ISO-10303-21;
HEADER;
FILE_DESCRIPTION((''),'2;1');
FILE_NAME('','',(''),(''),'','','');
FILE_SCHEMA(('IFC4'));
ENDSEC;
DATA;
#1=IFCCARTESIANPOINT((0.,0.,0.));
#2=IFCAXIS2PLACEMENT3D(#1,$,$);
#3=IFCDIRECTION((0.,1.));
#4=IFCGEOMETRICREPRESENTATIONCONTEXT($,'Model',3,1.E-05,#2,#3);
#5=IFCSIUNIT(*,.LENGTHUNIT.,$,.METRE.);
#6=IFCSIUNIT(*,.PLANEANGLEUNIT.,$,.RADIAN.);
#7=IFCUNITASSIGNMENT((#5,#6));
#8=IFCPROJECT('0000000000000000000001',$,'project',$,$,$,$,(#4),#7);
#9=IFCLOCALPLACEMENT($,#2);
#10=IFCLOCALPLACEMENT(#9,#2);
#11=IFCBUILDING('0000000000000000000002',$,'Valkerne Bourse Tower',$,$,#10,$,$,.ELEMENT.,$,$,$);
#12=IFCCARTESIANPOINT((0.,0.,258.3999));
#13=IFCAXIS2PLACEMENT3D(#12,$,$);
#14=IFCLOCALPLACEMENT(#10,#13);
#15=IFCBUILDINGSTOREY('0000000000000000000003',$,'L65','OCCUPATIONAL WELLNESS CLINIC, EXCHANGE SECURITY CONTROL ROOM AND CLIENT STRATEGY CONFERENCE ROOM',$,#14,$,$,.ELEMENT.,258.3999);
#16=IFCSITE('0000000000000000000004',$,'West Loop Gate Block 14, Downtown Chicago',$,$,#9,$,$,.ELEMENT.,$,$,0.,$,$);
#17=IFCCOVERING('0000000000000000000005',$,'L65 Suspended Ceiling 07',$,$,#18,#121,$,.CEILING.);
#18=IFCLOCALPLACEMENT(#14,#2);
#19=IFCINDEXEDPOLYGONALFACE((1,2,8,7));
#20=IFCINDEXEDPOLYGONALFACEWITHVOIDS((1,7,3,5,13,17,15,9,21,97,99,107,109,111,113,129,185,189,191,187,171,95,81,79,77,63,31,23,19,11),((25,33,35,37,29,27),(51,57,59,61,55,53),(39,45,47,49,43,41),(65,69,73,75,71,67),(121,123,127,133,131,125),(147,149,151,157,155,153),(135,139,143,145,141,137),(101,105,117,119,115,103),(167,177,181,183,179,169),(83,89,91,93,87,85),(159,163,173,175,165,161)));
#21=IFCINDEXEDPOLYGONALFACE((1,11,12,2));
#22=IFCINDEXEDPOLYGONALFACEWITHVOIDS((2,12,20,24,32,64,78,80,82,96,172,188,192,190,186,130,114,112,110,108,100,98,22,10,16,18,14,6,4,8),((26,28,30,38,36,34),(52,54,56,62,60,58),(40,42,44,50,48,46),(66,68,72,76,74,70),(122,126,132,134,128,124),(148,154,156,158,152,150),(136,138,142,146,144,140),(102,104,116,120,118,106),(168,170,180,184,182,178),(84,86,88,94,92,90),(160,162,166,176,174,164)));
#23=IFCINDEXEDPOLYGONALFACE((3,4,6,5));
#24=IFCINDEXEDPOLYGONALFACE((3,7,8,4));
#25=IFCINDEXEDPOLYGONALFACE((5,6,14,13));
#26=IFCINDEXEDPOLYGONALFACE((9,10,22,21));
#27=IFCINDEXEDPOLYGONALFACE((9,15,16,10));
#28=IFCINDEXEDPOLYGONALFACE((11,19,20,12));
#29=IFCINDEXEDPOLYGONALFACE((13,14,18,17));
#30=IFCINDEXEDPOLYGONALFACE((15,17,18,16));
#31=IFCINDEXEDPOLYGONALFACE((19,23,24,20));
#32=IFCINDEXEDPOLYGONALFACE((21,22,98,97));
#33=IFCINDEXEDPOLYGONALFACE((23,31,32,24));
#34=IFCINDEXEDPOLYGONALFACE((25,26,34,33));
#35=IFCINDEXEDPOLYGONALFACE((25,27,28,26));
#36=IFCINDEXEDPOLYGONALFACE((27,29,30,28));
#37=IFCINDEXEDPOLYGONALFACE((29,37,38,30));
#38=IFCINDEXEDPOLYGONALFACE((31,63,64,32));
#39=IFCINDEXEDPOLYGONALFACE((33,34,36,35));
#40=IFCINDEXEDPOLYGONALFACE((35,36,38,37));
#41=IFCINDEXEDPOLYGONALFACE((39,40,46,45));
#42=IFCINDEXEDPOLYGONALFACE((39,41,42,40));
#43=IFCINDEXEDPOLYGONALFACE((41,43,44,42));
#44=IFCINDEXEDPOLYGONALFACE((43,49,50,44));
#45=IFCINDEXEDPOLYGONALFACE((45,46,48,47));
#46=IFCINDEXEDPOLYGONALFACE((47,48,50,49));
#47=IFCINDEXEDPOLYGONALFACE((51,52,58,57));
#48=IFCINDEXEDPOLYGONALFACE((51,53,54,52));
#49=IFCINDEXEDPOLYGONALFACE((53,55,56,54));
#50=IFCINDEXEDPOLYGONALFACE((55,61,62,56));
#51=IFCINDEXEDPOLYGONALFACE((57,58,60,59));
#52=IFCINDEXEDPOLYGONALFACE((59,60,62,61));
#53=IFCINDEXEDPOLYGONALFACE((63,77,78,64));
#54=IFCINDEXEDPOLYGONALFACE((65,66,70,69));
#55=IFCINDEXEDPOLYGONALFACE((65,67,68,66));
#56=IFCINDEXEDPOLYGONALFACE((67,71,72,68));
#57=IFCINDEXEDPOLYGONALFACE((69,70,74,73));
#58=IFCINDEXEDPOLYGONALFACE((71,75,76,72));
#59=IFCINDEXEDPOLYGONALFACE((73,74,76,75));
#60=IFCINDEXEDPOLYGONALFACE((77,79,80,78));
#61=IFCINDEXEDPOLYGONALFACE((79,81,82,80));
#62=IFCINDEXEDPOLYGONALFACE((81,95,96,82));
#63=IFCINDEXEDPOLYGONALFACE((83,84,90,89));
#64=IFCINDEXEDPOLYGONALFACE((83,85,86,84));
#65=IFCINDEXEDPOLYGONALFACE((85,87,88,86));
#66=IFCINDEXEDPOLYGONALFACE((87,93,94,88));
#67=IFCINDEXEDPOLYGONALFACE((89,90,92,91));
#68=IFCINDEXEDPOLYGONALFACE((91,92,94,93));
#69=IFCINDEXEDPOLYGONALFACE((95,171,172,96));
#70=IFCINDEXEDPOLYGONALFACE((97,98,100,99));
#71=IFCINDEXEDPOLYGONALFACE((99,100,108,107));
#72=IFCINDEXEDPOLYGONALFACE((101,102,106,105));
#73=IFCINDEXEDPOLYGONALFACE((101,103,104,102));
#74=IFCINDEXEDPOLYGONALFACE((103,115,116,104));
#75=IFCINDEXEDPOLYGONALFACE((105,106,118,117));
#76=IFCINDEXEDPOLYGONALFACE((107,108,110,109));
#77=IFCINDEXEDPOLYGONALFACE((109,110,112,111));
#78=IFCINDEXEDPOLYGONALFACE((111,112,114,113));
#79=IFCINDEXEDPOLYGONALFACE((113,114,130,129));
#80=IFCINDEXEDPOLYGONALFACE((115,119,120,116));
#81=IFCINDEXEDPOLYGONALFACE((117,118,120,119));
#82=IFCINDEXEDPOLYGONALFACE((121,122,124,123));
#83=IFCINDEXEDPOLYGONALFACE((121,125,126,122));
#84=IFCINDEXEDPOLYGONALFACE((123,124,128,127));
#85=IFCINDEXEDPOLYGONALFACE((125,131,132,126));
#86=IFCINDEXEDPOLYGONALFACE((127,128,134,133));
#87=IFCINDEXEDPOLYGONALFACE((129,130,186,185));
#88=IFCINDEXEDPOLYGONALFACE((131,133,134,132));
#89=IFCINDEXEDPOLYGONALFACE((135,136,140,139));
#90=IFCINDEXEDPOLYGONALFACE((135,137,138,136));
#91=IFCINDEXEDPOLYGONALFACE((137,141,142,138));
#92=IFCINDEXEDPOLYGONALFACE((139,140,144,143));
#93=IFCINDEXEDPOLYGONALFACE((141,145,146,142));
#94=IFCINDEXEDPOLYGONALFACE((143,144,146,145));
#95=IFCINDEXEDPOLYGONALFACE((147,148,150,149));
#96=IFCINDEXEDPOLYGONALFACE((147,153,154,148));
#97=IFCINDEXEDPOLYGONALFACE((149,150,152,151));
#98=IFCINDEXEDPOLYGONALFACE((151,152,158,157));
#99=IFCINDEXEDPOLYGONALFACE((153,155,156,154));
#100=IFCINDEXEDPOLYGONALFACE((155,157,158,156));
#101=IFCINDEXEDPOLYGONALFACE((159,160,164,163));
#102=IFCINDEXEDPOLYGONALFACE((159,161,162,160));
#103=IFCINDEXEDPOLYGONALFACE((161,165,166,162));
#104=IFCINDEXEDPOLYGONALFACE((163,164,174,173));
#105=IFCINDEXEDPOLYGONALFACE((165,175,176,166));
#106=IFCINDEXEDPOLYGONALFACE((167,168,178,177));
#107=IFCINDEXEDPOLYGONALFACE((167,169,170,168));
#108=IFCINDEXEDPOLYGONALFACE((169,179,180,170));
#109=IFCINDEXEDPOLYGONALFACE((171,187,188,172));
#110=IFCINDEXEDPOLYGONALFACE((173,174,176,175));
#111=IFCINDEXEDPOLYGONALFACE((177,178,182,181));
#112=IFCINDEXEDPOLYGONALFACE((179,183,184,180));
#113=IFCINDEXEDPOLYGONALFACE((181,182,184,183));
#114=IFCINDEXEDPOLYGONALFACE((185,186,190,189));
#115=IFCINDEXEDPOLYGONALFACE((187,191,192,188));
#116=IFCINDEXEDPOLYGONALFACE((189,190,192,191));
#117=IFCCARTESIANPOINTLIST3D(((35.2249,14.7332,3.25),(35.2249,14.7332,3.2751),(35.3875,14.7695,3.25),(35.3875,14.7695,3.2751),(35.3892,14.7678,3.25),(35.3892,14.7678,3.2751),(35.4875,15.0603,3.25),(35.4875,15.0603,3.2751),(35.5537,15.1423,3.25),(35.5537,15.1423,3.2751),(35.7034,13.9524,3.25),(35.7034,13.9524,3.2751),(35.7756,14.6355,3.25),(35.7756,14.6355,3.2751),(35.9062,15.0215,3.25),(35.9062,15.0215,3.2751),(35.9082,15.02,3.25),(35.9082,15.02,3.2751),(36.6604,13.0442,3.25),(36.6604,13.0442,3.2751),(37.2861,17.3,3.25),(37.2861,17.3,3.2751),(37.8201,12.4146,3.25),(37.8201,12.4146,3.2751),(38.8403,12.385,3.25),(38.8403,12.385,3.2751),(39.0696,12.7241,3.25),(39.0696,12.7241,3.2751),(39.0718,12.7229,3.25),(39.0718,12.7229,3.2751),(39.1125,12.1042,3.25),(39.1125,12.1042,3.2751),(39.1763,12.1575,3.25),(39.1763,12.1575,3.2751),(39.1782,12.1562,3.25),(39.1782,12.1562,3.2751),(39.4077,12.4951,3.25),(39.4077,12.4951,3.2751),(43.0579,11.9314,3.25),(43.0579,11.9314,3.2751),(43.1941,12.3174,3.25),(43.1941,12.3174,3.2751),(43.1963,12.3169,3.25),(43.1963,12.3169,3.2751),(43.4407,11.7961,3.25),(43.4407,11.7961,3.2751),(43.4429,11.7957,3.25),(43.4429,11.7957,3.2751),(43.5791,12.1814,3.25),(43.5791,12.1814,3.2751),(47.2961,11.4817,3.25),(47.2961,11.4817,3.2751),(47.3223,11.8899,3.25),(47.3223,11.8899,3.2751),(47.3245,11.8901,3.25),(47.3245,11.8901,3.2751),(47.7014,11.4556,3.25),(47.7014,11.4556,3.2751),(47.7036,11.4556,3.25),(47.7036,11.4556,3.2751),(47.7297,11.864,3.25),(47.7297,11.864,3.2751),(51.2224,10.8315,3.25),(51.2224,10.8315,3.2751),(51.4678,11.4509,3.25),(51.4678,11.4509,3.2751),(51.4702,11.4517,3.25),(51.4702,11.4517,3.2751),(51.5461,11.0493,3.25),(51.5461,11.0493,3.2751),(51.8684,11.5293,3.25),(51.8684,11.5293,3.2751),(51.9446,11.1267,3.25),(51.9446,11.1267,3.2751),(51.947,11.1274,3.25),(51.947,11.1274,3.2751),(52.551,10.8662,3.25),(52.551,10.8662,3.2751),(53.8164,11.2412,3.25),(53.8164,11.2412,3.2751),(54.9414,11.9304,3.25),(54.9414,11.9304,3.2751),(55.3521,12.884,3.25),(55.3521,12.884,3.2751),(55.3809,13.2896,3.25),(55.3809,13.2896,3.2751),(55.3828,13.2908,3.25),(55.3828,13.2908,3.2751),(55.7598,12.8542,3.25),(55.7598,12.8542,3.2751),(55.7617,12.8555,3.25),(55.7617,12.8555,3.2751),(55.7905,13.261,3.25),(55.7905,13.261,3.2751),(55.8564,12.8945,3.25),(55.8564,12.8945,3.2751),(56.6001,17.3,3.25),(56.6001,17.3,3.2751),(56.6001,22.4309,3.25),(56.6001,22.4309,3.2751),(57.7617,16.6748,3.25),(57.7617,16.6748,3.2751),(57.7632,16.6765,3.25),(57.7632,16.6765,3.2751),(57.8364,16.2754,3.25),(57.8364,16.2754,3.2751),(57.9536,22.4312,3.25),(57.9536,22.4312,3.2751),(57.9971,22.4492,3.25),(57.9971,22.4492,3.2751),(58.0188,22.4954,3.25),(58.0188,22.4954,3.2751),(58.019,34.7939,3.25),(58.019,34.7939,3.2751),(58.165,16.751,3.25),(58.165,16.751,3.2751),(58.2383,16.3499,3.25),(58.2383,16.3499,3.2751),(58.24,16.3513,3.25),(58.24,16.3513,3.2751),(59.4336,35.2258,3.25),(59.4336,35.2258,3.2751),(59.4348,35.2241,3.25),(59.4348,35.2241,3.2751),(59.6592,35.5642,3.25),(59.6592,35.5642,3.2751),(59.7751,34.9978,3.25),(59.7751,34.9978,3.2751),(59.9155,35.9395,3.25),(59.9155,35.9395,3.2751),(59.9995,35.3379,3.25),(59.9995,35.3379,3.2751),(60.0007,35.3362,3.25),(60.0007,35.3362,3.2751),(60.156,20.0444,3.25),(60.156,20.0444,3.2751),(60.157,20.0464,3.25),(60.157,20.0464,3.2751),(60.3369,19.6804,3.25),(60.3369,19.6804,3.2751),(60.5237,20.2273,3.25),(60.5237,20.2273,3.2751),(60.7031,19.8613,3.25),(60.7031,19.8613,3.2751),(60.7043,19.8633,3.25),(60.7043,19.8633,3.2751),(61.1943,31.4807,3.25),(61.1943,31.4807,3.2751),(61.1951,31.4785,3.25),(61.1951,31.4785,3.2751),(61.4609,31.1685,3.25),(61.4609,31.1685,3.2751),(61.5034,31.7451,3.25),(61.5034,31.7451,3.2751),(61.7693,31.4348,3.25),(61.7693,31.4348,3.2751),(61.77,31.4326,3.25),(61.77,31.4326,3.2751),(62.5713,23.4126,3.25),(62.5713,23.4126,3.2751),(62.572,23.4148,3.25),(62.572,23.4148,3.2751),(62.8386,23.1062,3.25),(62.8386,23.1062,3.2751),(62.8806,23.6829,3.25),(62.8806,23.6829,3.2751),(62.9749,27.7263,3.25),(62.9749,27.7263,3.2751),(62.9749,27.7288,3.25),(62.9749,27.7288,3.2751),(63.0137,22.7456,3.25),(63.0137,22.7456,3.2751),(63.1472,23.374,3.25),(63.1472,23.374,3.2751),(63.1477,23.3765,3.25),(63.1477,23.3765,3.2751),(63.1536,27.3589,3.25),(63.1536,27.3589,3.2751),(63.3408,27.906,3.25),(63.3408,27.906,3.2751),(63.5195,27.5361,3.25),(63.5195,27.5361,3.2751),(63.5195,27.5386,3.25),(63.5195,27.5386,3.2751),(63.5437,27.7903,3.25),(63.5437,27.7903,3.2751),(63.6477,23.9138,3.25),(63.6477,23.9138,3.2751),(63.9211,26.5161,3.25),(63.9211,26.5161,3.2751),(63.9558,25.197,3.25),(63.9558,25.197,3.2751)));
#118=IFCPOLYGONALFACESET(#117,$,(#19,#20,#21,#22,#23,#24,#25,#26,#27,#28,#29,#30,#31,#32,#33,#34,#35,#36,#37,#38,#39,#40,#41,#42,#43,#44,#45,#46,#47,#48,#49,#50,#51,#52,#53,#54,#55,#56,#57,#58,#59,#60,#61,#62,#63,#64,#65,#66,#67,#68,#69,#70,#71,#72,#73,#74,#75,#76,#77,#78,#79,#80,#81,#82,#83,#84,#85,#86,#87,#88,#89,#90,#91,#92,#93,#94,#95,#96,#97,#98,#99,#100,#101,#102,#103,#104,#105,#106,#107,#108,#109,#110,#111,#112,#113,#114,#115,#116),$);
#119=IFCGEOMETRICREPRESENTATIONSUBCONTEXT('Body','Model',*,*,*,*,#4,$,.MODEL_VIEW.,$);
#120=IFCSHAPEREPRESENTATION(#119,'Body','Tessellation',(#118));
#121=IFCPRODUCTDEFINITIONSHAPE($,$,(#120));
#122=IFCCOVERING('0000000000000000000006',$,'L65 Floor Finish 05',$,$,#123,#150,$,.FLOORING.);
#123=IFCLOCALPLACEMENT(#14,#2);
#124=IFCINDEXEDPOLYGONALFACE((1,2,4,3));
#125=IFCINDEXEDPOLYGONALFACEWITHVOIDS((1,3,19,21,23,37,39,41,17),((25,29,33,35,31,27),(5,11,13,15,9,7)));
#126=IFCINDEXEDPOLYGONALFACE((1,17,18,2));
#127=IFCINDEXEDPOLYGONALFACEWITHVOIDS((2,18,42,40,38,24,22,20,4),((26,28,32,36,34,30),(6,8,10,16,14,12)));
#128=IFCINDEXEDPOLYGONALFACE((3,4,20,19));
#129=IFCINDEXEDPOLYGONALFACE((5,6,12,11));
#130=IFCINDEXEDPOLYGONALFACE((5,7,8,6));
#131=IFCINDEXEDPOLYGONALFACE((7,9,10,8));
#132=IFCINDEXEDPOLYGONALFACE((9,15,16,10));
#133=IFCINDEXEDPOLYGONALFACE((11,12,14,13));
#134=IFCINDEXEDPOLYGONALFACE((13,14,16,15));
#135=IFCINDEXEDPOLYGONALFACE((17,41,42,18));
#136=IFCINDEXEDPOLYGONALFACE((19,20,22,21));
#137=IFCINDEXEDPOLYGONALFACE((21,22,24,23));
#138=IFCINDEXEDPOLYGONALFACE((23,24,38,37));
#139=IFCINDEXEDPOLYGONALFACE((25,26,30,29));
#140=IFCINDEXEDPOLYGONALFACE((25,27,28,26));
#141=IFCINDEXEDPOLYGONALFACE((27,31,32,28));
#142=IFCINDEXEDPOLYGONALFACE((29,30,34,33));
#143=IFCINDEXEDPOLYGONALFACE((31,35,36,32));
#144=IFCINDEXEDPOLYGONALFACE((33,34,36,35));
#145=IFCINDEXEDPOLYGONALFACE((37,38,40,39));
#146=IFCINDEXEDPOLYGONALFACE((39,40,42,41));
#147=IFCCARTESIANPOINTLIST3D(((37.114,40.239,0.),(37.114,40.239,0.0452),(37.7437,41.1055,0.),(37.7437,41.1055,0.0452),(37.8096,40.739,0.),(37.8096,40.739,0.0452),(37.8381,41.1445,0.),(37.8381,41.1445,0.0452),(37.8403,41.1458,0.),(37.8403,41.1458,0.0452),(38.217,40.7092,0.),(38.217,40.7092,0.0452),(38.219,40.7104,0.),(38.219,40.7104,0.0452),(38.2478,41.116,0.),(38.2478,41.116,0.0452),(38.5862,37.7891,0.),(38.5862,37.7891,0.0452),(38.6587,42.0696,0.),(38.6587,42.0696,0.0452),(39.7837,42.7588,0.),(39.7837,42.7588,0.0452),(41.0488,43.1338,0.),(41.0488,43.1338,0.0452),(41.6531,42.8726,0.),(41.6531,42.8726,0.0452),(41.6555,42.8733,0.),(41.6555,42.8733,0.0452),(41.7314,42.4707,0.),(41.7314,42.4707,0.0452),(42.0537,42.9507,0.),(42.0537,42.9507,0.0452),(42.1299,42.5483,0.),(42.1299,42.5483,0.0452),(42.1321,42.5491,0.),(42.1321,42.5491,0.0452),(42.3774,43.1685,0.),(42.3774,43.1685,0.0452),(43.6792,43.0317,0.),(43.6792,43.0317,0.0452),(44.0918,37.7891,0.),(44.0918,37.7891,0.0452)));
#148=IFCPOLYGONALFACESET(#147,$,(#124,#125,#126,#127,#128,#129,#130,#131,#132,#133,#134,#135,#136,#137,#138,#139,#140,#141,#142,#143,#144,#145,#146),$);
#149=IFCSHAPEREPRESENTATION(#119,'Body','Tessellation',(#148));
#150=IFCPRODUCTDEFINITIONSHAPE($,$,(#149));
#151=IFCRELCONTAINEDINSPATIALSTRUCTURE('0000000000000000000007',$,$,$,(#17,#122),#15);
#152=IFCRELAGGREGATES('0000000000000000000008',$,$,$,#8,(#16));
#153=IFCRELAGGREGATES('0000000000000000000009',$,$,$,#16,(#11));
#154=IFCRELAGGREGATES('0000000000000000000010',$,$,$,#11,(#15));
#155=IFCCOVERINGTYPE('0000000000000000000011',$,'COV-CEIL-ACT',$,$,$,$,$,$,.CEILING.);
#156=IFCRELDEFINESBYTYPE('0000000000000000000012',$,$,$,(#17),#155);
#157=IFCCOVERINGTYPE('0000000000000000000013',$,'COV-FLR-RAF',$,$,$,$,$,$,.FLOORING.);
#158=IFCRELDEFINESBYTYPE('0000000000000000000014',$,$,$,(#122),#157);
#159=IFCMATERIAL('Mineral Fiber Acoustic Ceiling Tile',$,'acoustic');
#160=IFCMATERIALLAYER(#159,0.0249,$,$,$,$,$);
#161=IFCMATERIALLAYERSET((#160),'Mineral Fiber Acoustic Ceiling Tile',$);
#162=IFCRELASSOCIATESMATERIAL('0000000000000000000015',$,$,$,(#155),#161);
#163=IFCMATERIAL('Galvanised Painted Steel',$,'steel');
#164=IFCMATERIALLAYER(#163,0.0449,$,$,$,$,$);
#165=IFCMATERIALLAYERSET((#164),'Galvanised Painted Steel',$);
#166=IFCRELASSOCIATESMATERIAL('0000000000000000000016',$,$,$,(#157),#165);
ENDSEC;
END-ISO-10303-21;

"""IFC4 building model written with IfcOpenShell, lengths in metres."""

from ifc_helpers import new_model, si_unit, direction, frame, origin, place, context, subcontext, project, spatial, polyline, outline, extrude, material, layer, layer_set, type_object, element, save


model = new_model("IFC4")

# Units and contexts
model_context = context("Model", 3, precision=1e-05, world=origin(), true_north=direction((0.0, 1.0)))
body_context = subcontext(model_context, "Body", "Model", "MODEL_VIEW")
ifc_project = project(units=[si_unit("LENGTHUNIT", "METRE"), si_unit("PLANEANGLEUNIT", "RADIAN")], contexts=[model_context])

# Site, building, storey
site_placement = place(None, origin())
site = spatial("IfcSite", under=ifc_project, at=site_placement, Name="West Loop Gate Block 14, Downtown Chicago", CompositionType="ELEMENT", RefElevation=0.0)
building_placement = place(site_placement, origin())
building = spatial("IfcBuilding", under=site, at=building_placement, Name="Valkerne Bourse Tower", CompositionType="ELEMENT")
storey_placement = place(building_placement, frame((0.0, 0.0, 258.3999)))
storey = spatial("IfcBuildingStorey", under=building, at=storey_placement, Name="L65", Description="OCCUPATIONAL WELLNESS CLINIC, EXCHANGE SECURITY CONTROL ROOM AND CLIENT STRATEGY CONFERENCE ROOM", CompositionType="ELEMENT", Elevation=258.3999)

# Coverings
ifc_material_1 = material(Name="Mineral Fiber Acoustic Ceiling Tile", Category="acoustic")
ifc_layer_1 = layer(ifc_material_1, 0.0249)
ifc_layer_set_1 = layer_set([ifc_layer_1], Name="Mineral Fiber Acoustic Ceiling Tile")
covering_type_1 = type_object("IfcCoveringType", Name="COV-CEIL-ACT", PredefinedType="CEILING", material=ifc_layer_set_1)
covering_1_placement = place(storey_placement, frame((0.0, 0.0, 3.25)))
element("IfcCovering", 1, at=covering_1_placement, inside=storey, type_object=covering_type_1, Name="L65 Suspended Ceiling 07", PredefinedType="CEILING", context=body_context, shape_type="SweptSolid", body=[
    extrude(outline(polyline([(63.6477, 23.9138), (63.0137, 22.7456), (55.8564, 12.8945), (54.9414, 11.9304), (53.8164, 11.2412), (52.551, 10.8662), (51.2224, 10.8315), (39.1125, 12.1042), (37.8201, 12.4146), (36.6604, 13.0442), (35.7034, 13.9524), (35.2249, 14.7332), (35.4875, 15.0603), (35.3875, 14.7695), (35.3892, 14.7678), (35.7756, 14.6355), (35.9082, 15.02), (35.9062, 15.0215), (35.5537, 15.1423), (37.2861, 17.3), (56.6001, 17.3), (56.6001, 22.4309), (57.9536, 22.4312), (57.9971, 22.4492), (58.0188, 22.4954), (58.019, 34.7939), (59.9155, 35.9395), (63.5437, 27.7903), (63.9211, 26.5161), (63.9558, 25.197), (63.6477, 23.9138)]), holes=[polyline([(43.1963, 12.3169), (43.1941, 12.3174), (43.0579, 11.9314), (43.4407, 11.7961), (43.4429, 11.7957), (43.5791, 12.1814), (43.1963, 12.3169)]), polyline([(39.0718, 12.7229), (39.0696, 12.7241), (38.8403, 12.385), (39.1763, 12.1575), (39.1782, 12.1562), (39.4077, 12.4951), (39.0718, 12.7229)]), polyline([(51.947, 11.1274), (51.8684, 11.5293), (51.4702, 11.4517), (51.4678, 11.4509), (51.5461, 11.0493), (51.9446, 11.1267), (51.947, 11.1274)]), polyline([(47.7297, 11.864), (47.3245, 11.8901), (47.3223, 11.8899), (47.2961, 11.4817), (47.7014, 11.4556), (47.7036, 11.4556), (47.7297, 11.864)]), polyline([(55.7905, 13.261), (55.3828, 13.2908), (55.3809, 13.2896), (55.3521, 12.884), (55.7598, 12.8542), (55.7617, 12.8555), (55.7905, 13.261)]), polyline([(58.24, 16.3513), (58.165, 16.751), (57.7632, 16.6765), (57.7617, 16.6748), (57.8364, 16.2754), (58.2383, 16.3499), (58.24, 16.3513)]), polyline([(60.7043, 19.8633), (60.5237, 20.2273), (60.157, 20.0464), (60.156, 20.0444), (60.3369, 19.6804), (60.7031, 19.8613), (60.7043, 19.8633)]), polyline([(63.1477, 23.3765), (62.8806, 23.6829), (62.572, 23.4148), (62.5713, 23.4126), (62.8386, 23.1062), (63.1472, 23.374), (63.1477, 23.3765)]), polyline([(63.5195, 27.5386), (63.3408, 27.906), (62.9749, 27.7288), (62.9749, 27.7263), (63.1536, 27.3589), (63.5195, 27.5361), (63.5195, 27.5386)]), polyline([(61.7693, 31.4348), (61.5034, 31.7451), (61.1943, 31.4807), (61.1951, 31.4785), (61.4609, 31.1685), (61.77, 31.4326), (61.7693, 31.4348)]), polyline([(59.9995, 35.3379), (59.6592, 35.5642), (59.4336, 35.2258), (59.4348, 35.2241), (59.7751, 34.9978), (60.0007, 35.3362), (59.9995, 35.3379)])]), origin(), (0.0, 0.0, 1.0), 0.0251),
])
ifc_material_2 = material(Name="Galvanised Painted Steel", Category="steel")
ifc_layer_2 = layer(ifc_material_2, 0.0449)
ifc_layer_set_2 = layer_set([ifc_layer_2], Name="Galvanised Painted Steel")
covering_type_2 = type_object("IfcCoveringType", Name="COV-FLR-RAF", PredefinedType="FLOORING", material=ifc_layer_set_2)
covering_2_placement = place(storey_placement, origin())
element("IfcCovering", 2, at=covering_2_placement, inside=storey, type_object=covering_type_2, Name="L65 Floor Finish 05", PredefinedType="FLOORING", context=body_context, shape_type="SweptSolid", body=[
    extrude(outline(polyline([(39.7837, 42.7588), (41.0488, 43.1338), (42.3774, 43.1685), (43.6792, 43.0317), (44.0918, 37.7891), (38.5862, 37.7891), (37.114, 40.239), (37.7437, 41.1055), (38.6587, 42.0696), (39.7837, 42.7588)]), holes=[polyline([(38.219, 40.7104), (38.2478, 41.116), (37.8403, 41.1458), (37.8381, 41.1445), (37.8096, 40.739), (38.217, 40.7092), (38.219, 40.7104)]), polyline([(42.1321, 42.5491), (42.0537, 42.9507), (41.6555, 42.8733), (41.6531, 42.8726), (41.7314, 42.4707), (42.1299, 42.5483), (42.1321, 42.5491)])]), origin(), (0.0, 0.0, 1.0), 0.0452),
])

save(model, "model.ifc")
